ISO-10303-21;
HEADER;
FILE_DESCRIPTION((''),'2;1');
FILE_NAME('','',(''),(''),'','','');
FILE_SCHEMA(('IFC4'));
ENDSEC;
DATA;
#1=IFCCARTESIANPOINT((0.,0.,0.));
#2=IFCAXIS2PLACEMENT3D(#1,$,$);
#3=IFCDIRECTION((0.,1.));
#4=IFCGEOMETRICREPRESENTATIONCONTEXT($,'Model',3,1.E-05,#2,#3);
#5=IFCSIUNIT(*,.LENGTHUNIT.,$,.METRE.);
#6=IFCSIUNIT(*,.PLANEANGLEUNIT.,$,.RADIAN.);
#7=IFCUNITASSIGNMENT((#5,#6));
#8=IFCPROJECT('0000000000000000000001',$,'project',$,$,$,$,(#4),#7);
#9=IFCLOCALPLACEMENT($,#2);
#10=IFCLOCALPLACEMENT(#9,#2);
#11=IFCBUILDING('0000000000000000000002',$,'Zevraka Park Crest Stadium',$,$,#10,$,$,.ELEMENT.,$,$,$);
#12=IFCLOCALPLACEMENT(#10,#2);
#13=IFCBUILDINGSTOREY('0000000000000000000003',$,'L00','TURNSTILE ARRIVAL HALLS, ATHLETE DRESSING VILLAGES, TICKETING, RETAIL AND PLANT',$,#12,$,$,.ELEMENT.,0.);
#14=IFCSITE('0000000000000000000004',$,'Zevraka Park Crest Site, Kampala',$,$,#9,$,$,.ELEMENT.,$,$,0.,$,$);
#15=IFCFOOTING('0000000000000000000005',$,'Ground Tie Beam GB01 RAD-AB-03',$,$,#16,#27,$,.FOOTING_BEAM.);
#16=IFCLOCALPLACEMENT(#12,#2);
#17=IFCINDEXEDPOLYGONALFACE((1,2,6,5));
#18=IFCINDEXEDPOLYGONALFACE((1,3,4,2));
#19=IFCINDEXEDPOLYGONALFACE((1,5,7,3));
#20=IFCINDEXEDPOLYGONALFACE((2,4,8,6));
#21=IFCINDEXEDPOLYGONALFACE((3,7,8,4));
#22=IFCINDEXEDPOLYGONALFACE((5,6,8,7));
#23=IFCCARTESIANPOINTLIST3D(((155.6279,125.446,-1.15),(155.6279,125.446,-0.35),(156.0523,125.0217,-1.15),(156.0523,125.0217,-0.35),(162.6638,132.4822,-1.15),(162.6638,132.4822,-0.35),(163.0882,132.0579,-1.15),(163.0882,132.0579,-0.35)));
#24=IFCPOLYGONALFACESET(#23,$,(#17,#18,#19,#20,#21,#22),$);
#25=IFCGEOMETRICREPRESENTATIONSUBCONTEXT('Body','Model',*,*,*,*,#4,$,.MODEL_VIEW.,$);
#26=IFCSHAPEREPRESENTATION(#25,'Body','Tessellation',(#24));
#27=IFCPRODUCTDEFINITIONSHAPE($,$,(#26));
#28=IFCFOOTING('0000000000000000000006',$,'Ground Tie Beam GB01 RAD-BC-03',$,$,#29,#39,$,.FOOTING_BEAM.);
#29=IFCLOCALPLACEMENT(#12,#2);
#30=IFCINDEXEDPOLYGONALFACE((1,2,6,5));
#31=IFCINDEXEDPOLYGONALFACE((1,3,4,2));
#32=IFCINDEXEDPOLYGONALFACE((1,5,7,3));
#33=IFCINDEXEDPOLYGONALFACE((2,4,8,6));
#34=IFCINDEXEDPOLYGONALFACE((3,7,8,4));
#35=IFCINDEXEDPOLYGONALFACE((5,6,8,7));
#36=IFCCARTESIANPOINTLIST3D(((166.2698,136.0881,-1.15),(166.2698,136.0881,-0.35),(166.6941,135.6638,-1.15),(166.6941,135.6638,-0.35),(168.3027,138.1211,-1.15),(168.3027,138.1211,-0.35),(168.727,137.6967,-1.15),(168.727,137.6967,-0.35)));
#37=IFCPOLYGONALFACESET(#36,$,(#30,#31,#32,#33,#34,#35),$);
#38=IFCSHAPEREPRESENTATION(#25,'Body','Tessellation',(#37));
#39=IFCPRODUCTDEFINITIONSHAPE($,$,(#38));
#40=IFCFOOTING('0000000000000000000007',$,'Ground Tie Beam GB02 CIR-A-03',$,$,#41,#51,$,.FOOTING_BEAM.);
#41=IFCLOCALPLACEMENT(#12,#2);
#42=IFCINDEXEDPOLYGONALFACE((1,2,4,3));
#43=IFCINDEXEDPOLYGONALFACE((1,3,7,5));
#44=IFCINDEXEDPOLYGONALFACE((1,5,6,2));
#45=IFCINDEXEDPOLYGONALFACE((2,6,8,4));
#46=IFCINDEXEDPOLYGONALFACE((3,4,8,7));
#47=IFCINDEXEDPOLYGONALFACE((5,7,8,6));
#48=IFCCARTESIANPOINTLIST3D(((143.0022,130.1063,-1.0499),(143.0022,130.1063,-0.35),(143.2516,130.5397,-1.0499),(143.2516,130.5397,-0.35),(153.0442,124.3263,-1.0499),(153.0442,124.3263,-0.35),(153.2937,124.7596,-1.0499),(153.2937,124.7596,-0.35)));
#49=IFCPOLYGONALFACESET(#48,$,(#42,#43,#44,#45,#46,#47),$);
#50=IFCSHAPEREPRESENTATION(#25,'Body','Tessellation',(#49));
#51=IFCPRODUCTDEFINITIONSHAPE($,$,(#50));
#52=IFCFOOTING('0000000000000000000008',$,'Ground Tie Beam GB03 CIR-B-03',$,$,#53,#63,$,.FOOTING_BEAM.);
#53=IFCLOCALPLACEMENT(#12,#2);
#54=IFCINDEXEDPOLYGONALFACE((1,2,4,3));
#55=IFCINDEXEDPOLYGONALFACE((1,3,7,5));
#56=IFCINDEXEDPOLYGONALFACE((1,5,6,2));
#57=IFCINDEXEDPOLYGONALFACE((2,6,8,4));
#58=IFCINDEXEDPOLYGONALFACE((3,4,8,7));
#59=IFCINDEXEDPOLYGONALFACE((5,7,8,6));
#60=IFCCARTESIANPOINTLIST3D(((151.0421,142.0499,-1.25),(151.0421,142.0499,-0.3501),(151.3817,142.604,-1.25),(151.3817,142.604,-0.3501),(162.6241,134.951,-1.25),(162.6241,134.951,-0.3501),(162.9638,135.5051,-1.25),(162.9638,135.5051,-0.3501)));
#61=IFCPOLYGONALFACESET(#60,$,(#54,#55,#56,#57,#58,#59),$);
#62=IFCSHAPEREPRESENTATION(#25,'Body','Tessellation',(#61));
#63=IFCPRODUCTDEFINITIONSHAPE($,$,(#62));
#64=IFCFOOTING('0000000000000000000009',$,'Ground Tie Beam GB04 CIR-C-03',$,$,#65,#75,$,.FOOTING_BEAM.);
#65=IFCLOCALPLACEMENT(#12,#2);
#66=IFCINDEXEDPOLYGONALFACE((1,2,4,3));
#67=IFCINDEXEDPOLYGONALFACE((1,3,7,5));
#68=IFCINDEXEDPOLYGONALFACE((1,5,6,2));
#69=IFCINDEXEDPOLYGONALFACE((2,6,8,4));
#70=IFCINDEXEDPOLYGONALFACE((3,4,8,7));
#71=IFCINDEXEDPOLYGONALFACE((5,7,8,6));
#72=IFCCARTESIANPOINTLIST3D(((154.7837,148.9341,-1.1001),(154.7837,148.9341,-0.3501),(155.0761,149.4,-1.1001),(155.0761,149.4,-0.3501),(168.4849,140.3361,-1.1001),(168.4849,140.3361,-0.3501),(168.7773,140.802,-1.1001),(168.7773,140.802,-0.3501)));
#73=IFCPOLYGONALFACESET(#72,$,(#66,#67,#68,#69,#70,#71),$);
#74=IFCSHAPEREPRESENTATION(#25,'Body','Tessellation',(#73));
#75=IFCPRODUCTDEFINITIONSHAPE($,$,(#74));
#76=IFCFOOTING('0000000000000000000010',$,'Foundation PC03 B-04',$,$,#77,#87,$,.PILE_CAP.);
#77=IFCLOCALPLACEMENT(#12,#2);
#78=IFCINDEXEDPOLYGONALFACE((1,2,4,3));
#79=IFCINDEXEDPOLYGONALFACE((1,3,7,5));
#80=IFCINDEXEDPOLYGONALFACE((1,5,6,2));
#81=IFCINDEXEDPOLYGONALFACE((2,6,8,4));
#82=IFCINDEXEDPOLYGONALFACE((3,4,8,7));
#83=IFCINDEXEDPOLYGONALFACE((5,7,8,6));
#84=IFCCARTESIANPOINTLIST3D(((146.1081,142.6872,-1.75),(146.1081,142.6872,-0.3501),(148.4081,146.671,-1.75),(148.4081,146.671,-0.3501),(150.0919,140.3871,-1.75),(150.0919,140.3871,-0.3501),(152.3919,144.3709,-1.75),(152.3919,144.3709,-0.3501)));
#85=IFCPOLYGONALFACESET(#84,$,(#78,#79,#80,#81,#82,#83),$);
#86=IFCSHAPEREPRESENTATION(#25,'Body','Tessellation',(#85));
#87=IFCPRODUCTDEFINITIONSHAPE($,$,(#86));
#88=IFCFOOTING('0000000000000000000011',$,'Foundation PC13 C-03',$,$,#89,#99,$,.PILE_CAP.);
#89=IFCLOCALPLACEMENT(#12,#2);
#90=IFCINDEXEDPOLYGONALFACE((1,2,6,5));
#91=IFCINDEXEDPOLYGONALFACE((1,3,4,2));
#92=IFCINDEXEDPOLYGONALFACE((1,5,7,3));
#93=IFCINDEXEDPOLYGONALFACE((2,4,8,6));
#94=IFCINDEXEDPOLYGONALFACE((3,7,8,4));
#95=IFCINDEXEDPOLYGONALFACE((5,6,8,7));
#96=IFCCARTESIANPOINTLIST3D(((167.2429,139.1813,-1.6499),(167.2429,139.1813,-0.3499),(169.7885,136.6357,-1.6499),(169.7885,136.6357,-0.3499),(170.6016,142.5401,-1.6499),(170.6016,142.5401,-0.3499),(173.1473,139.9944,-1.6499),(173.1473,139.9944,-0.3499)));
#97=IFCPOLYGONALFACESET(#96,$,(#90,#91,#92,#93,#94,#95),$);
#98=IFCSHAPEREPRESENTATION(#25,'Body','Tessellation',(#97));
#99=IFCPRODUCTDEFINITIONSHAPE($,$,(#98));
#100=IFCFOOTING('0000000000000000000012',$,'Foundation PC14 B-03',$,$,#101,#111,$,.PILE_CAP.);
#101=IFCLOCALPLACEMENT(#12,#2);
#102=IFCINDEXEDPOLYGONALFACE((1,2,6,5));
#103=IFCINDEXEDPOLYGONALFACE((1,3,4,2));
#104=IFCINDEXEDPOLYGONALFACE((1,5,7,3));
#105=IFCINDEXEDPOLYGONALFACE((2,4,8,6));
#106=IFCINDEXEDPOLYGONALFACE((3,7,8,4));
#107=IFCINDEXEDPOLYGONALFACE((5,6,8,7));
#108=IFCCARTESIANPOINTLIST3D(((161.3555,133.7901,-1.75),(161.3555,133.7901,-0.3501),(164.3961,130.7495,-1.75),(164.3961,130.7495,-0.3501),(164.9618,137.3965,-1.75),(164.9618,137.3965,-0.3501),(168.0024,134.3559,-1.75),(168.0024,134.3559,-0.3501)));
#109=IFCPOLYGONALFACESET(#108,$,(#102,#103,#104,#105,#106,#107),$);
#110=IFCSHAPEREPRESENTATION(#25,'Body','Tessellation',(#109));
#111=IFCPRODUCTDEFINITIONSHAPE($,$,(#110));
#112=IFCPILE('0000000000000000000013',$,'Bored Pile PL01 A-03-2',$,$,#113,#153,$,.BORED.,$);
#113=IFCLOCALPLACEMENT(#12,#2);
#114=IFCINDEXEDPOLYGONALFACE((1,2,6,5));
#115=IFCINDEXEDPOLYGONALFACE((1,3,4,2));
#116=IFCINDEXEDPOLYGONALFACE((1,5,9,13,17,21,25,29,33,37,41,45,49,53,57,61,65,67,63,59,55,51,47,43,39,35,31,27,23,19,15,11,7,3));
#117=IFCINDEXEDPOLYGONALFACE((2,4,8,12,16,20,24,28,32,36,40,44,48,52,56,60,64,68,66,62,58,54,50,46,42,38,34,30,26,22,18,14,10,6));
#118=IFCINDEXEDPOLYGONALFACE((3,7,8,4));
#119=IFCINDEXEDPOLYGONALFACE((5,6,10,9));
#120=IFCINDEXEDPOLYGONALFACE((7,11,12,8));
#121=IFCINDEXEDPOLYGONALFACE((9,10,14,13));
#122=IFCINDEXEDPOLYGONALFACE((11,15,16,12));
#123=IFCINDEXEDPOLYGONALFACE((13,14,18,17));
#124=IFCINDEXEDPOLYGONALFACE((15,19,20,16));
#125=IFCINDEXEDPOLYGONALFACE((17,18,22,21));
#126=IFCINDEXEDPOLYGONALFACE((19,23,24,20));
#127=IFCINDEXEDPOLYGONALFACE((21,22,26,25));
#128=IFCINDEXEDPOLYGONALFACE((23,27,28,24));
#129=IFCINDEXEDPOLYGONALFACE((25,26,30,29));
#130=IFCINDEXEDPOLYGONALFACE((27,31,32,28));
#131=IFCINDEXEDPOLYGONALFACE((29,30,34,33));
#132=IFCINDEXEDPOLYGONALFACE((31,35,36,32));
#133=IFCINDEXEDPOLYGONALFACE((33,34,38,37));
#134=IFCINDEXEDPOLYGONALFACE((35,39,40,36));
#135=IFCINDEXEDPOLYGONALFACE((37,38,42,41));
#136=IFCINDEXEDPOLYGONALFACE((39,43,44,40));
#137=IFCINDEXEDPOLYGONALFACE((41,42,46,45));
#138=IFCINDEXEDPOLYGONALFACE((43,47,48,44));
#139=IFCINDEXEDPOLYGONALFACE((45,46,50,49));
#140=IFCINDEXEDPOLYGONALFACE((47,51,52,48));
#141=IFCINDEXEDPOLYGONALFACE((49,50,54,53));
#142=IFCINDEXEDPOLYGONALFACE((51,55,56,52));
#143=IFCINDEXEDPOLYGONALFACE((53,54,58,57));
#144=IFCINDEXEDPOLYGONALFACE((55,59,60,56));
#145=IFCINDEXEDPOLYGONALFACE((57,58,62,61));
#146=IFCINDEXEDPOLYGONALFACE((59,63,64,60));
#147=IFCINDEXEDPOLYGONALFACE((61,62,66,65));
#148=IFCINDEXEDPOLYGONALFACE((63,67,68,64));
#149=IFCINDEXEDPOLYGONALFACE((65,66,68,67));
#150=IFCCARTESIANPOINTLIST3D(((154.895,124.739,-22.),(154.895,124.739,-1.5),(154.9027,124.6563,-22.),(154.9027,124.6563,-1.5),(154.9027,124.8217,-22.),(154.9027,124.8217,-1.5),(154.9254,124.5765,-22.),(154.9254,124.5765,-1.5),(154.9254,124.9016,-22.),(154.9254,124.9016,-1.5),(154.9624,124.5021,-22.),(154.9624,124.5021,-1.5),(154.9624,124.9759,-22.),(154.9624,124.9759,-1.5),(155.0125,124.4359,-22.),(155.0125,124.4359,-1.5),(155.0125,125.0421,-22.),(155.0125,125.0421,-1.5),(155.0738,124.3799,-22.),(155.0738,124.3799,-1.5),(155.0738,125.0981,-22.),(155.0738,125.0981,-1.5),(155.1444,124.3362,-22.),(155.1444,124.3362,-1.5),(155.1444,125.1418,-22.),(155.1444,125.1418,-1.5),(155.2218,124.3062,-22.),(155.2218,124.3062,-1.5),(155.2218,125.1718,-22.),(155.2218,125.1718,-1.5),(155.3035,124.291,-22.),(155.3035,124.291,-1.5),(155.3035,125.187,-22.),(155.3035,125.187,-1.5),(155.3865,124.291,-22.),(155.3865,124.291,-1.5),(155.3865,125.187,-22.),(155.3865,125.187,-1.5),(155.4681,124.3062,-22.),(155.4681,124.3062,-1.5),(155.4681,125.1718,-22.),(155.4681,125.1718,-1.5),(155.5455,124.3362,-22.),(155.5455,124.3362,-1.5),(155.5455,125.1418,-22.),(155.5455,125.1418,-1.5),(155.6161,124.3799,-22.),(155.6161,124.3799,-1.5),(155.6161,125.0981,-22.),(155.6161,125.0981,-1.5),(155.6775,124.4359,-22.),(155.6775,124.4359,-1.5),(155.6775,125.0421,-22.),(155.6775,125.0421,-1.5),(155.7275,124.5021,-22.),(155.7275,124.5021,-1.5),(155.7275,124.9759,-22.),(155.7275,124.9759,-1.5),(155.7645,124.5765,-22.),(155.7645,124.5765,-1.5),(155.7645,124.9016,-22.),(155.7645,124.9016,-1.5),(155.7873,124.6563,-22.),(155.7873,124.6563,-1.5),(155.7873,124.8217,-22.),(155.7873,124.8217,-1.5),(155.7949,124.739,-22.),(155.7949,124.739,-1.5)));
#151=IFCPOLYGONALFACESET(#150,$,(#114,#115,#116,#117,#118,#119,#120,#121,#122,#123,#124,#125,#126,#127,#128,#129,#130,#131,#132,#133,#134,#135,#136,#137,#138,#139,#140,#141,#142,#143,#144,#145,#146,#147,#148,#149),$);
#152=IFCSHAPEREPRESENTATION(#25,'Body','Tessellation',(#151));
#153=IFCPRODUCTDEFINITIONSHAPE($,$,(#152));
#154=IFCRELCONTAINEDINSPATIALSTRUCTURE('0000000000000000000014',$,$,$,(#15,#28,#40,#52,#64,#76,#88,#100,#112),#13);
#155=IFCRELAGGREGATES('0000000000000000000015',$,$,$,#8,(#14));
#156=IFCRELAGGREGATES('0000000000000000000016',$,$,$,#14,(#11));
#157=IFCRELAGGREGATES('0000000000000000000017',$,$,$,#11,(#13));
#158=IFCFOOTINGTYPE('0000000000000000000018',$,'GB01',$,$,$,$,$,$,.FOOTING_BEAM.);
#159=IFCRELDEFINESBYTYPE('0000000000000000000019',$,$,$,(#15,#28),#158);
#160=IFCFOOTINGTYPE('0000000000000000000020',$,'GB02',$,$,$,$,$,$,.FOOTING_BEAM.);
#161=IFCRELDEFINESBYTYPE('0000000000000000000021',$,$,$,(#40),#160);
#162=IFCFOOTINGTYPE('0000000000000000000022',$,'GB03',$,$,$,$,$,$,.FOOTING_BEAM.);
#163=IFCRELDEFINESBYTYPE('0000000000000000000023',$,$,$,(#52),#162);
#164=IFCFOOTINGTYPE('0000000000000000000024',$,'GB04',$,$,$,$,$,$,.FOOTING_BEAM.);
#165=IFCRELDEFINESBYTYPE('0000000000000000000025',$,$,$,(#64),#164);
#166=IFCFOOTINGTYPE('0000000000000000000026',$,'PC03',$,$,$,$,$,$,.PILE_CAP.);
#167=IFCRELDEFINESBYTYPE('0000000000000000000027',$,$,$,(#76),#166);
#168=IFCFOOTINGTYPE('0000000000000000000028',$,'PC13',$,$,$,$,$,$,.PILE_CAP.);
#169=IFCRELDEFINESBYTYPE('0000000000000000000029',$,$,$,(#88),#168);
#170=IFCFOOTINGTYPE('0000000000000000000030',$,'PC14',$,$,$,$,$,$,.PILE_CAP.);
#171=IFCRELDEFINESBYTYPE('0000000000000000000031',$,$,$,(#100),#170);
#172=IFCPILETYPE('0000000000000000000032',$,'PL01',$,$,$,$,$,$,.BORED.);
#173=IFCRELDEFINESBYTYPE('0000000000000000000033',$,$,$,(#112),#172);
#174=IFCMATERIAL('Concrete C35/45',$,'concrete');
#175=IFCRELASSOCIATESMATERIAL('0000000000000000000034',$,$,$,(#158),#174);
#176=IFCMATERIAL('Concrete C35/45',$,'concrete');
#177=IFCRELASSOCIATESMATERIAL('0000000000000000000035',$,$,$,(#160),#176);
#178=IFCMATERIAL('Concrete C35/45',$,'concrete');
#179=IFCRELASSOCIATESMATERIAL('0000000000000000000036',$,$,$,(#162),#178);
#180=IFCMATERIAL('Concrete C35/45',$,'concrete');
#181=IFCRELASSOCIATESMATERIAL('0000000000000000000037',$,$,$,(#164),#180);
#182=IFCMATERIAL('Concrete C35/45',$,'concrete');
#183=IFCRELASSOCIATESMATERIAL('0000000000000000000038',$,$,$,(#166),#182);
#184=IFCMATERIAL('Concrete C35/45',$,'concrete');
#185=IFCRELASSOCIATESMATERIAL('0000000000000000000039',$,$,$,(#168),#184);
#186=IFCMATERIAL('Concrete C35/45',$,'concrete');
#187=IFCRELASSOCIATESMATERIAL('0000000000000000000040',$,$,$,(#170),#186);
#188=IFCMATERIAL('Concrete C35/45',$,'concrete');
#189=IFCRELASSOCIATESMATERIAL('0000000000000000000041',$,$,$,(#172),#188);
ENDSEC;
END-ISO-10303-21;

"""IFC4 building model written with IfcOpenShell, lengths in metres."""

from ifc_helpers import new_model, si_unit, direction, frame, origin, origin_2d, place, context, subcontext, project, spatial, rectangle, circle, extrude, material, material_profile, profile_set, type_object, element, save


model = new_model("IFC4")

# Units and contexts
model_context = context("Model", 3, precision=1e-05, world=origin(), true_north=direction((0.0, 1.0)))
body_context = subcontext(model_context, "Body", "Model", "MODEL_VIEW")
ifc_project = project(units=[si_unit("LENGTHUNIT", "METRE"), si_unit("PLANEANGLEUNIT", "RADIAN")], contexts=[model_context])

# Site, building, storey
site_placement = place(None, origin())
site = spatial("IfcSite", under=ifc_project, at=site_placement, Name="Zevraka Park Crest Site, Kampala", CompositionType="ELEMENT", RefElevation=0.0)
building_placement = place(site_placement, origin())
building = spatial("IfcBuilding", under=site, at=building_placement, Name="Zevraka Park Crest Stadium", CompositionType="ELEMENT")
storey_placement = place(building_placement, origin())
storey = spatial("IfcBuildingStorey", under=building, at=storey_placement, Name="L00", Description="TURNSTILE ARRIVAL HALLS, ATHLETE DRESSING VILLAGES, TICKETING, RETAIL AND PLANT", CompositionType="ELEMENT", Elevation=0.0)

# Footings
ifc_material_1 = material(Name="Concrete C35/45", Category="concrete")
ifc_material_profile_1 = material_profile(ifc_material_1, rectangle(XDim=0.6001, YDim=0.8, at=origin_2d()), Name="GB 800x600")
ifc_profile_set_1 = profile_set([ifc_material_profile_1], Name="Concrete C35/45")
footing_type_1 = type_object("IfcFootingType", Name="GB01", PredefinedType="FOOTING_BEAM", material=ifc_profile_set_1)
footing_1_placement = place(storey_placement, frame((155.8401, 125.2339, -0.75), z_axis=(0.707095, 0.707119, 0.0), x_axis=(-0.707119, 0.707095, 0.0)))
element("IfcFooting", 1, at=footing_1_placement, inside=storey, type_object=footing_type_1, Name="Ground Tie Beam GB01 RAD-AB-03", PredefinedType="FOOTING_BEAM", context=body_context, shape_type="SweptSolid", body=[
    extrude(rectangle(XDim=0.6001, YDim=0.8, at=origin_2d()), origin(), (0.0, 0.0, 1.0), 9.9504),
])
footing_2_placement = place(storey_placement, frame((166.4819, 135.876, -0.75), z_axis=(0.707107, 0.707107, 0.0), x_axis=(-0.707107, 0.707107, 0.0)))
element("IfcFooting", 2, at=footing_2_placement, inside=storey, type_object=footing_type_1, Name="Ground Tie Beam GB01 RAD-BC-03", PredefinedType="FOOTING_BEAM", context=body_context, shape_type="SweptSolid", body=[
    extrude(rectangle(XDim=0.6001, YDim=0.8, at=origin_2d()), origin(), (0.0, 0.0, 1.0), 2.875),
])
ifc_material_2 = material(Name="Concrete C35/45", Category="concrete")
ifc_material_profile_2 = material_profile(ifc_material_2, rectangle(XDim=0.5, YDim=0.7, at=origin_2d()), Name="GB 700x500")
ifc_profile_set_2 = profile_set([ifc_material_profile_2], Name="Concrete C35/45")
footing_type_2 = type_object("IfcFootingType", Name="GB02", PredefinedType="FOOTING_BEAM", material=ifc_profile_set_2)
footing_3_placement = place(storey_placement, frame((153.1689, 124.543, -0.7), z_axis=(-0.866687, 0.498853, 0.0), x_axis=(-0.498853, -0.866687, 0.0)))
element("IfcFooting", 3, at=footing_3_placement, inside=storey, type_object=footing_type_2, Name="Ground Tie Beam GB02 CIR-A-03", PredefinedType="FOOTING_BEAM", context=body_context, shape_type="SweptSolid", body=[
    extrude(rectangle(XDim=0.5, YDim=0.7, at=origin_2d()), origin(), (0.0, 0.0, 1.0), 11.5867),
])
ifc_material_3 = material(Name="Concrete C35/45", Category="concrete")
ifc_material_profile_3 = material_profile(ifc_material_3, rectangle(XDim=0.6499, YDim=0.8999, at=origin_2d()), Name="GB 900x650")
ifc_profile_set_3 = profile_set([ifc_material_profile_3], Name="Concrete C35/45")
footing_type_3 = type_object("IfcFootingType", Name="GB03", PredefinedType="FOOTING_BEAM", material=ifc_profile_set_3)
footing_4_placement = place(storey_placement, frame((162.7939, 135.228, -0.8), z_axis=(-0.852594, 0.522573, 0.0), x_axis=(-0.522573, -0.852594, 0.0)))
element("IfcFooting", 4, at=footing_4_placement, inside=storey, type_object=footing_type_3, Name="Ground Tie Beam GB03 CIR-B-03", PredefinedType="FOOTING_BEAM", context=body_context, shape_type="SweptSolid", body=[
    extrude(rectangle(XDim=0.6499, YDim=0.8999, at=origin_2d()), origin(), (0.0, 0.0, 1.0), 13.5845),
])
ifc_material_4 = material(Name="Concrete C35/45", Category="concrete")
ifc_material_profile_4 = material_profile(ifc_material_4, rectangle(XDim=0.55, YDim=0.75, at=origin_2d()), Name="GB 750x550")
ifc_profile_set_4 = profile_set([ifc_material_profile_4], Name="Concrete C35/45")
footing_type_4 = type_object("IfcFootingType", Name="GB04", PredefinedType="FOOTING_BEAM", material=ifc_profile_set_4)
footing_5_placement = place(storey_placement, frame((168.6311, 140.5691, -0.7251), z_axis=(-0.847034, 0.531539, 0.0), x_axis=(-0.531539, -0.847034, 0.0)))
element("IfcFooting", 5, at=footing_5_placement, inside=storey, type_object=footing_type_4, Name="Ground Tie Beam GB04 CIR-C-03", PredefinedType="FOOTING_BEAM", context=body_context, shape_type="SweptSolid", body=[
    extrude(rectangle(XDim=0.55, YDim=0.75, at=origin_2d()), origin(), (0.0, 0.0, 1.0), 16.1755),
])
ifc_material_5 = material(Name="Concrete C35/45", Category="concrete")
footing_type_5 = type_object("IfcFootingType", Name="PC03", PredefinedType="PILE_CAP", material=ifc_material_5)
footing_6_placement = place(storey_placement, frame((149.25, 143.5291, -1.75), z_axis=(0.0, 0.0, 1.0), x_axis=(0.5, 0.866025, 0.0)))
element("IfcFooting", 6, at=footing_6_placement, inside=storey, type_object=footing_type_5, Name="Foundation PC03 B-04", PredefinedType="PILE_CAP", context=body_context, shape_type="SweptSolid", body=[
    extrude(rectangle(XDim=4.6001, YDim=4.6001, at=origin_2d()), origin(), (0.0, 0.0, 1.0), 1.3999),
])
ifc_material_6 = material(Name="Concrete C35/45", Category="concrete")
footing_type_6 = type_object("IfcFootingType", Name="PC13", PredefinedType="PILE_CAP", material=ifc_material_6)
footing_7_placement = place(storey_placement, frame((170.1951, 139.5879, -1.6499), z_axis=(0.0, 0.0, 1.0), x_axis=(0.707107, 0.707107, 0.0)))
element("IfcFooting", 7, at=footing_7_placement, inside=storey, type_object=footing_type_6, Name="Foundation PC13 C-03", PredefinedType="PILE_CAP", context=body_context, shape_type="SweptSolid", body=[
    extrude(rectangle(XDim=4.75, YDim=3.6001, at=origin_2d()), origin(), (0.0, 0.0, 1.0), 1.3),
])
ifc_material_7 = material(Name="Concrete C35/45", Category="concrete")
footing_type_7 = type_object("IfcFootingType", Name="PC14", PredefinedType="PILE_CAP", material=ifc_material_7)
footing_8_placement = place(storey_placement, frame((164.679, 134.073, -1.75), z_axis=(0.0, 0.0, 1.0), x_axis=(0.707107, 0.707107, 0.0)))
element("IfcFooting", 8, at=footing_8_placement, inside=storey, type_object=footing_type_7, Name="Foundation PC14 B-03", PredefinedType="PILE_CAP", context=body_context, shape_type="SweptSolid", body=[
    extrude(rectangle(XDim=5.1001, YDim=4.3, at=origin_2d()), origin(), (0.0, 0.0, 1.0), 1.3999),
])

# Pile
ifc_material_8 = material(Name="Concrete C35/45", Category="concrete")
ifc_material_profile_5 = material_profile(ifc_material_8, circle(Radius=0.45, at=origin_2d()), Name="PILE D900")
ifc_profile_set_5 = profile_set([ifc_material_profile_5], Name="Concrete C35/45")
pile_type_1 = type_object("IfcPileType", Name="PL01", PredefinedType="BORED", material=ifc_profile_set_5)
pile_placement = place(storey_placement, frame((155.345, 124.739, -1.5), z_axis=(0.0, 0.0, -1.0), x_axis=(1.0, 0.0, 0.0)))
element("IfcPile", 9, at=pile_placement, inside=storey, type_object=pile_type_1, Name="Bored Pile PL01 A-03-2", PredefinedType="BORED", context=body_context, shape_type="SweptSolid", body=[
    extrude(circle(Radius=0.45, at=origin_2d()), origin(), (0.0, 0.0, 1.0), 20.5),
])

save(model, "model.ifc")
